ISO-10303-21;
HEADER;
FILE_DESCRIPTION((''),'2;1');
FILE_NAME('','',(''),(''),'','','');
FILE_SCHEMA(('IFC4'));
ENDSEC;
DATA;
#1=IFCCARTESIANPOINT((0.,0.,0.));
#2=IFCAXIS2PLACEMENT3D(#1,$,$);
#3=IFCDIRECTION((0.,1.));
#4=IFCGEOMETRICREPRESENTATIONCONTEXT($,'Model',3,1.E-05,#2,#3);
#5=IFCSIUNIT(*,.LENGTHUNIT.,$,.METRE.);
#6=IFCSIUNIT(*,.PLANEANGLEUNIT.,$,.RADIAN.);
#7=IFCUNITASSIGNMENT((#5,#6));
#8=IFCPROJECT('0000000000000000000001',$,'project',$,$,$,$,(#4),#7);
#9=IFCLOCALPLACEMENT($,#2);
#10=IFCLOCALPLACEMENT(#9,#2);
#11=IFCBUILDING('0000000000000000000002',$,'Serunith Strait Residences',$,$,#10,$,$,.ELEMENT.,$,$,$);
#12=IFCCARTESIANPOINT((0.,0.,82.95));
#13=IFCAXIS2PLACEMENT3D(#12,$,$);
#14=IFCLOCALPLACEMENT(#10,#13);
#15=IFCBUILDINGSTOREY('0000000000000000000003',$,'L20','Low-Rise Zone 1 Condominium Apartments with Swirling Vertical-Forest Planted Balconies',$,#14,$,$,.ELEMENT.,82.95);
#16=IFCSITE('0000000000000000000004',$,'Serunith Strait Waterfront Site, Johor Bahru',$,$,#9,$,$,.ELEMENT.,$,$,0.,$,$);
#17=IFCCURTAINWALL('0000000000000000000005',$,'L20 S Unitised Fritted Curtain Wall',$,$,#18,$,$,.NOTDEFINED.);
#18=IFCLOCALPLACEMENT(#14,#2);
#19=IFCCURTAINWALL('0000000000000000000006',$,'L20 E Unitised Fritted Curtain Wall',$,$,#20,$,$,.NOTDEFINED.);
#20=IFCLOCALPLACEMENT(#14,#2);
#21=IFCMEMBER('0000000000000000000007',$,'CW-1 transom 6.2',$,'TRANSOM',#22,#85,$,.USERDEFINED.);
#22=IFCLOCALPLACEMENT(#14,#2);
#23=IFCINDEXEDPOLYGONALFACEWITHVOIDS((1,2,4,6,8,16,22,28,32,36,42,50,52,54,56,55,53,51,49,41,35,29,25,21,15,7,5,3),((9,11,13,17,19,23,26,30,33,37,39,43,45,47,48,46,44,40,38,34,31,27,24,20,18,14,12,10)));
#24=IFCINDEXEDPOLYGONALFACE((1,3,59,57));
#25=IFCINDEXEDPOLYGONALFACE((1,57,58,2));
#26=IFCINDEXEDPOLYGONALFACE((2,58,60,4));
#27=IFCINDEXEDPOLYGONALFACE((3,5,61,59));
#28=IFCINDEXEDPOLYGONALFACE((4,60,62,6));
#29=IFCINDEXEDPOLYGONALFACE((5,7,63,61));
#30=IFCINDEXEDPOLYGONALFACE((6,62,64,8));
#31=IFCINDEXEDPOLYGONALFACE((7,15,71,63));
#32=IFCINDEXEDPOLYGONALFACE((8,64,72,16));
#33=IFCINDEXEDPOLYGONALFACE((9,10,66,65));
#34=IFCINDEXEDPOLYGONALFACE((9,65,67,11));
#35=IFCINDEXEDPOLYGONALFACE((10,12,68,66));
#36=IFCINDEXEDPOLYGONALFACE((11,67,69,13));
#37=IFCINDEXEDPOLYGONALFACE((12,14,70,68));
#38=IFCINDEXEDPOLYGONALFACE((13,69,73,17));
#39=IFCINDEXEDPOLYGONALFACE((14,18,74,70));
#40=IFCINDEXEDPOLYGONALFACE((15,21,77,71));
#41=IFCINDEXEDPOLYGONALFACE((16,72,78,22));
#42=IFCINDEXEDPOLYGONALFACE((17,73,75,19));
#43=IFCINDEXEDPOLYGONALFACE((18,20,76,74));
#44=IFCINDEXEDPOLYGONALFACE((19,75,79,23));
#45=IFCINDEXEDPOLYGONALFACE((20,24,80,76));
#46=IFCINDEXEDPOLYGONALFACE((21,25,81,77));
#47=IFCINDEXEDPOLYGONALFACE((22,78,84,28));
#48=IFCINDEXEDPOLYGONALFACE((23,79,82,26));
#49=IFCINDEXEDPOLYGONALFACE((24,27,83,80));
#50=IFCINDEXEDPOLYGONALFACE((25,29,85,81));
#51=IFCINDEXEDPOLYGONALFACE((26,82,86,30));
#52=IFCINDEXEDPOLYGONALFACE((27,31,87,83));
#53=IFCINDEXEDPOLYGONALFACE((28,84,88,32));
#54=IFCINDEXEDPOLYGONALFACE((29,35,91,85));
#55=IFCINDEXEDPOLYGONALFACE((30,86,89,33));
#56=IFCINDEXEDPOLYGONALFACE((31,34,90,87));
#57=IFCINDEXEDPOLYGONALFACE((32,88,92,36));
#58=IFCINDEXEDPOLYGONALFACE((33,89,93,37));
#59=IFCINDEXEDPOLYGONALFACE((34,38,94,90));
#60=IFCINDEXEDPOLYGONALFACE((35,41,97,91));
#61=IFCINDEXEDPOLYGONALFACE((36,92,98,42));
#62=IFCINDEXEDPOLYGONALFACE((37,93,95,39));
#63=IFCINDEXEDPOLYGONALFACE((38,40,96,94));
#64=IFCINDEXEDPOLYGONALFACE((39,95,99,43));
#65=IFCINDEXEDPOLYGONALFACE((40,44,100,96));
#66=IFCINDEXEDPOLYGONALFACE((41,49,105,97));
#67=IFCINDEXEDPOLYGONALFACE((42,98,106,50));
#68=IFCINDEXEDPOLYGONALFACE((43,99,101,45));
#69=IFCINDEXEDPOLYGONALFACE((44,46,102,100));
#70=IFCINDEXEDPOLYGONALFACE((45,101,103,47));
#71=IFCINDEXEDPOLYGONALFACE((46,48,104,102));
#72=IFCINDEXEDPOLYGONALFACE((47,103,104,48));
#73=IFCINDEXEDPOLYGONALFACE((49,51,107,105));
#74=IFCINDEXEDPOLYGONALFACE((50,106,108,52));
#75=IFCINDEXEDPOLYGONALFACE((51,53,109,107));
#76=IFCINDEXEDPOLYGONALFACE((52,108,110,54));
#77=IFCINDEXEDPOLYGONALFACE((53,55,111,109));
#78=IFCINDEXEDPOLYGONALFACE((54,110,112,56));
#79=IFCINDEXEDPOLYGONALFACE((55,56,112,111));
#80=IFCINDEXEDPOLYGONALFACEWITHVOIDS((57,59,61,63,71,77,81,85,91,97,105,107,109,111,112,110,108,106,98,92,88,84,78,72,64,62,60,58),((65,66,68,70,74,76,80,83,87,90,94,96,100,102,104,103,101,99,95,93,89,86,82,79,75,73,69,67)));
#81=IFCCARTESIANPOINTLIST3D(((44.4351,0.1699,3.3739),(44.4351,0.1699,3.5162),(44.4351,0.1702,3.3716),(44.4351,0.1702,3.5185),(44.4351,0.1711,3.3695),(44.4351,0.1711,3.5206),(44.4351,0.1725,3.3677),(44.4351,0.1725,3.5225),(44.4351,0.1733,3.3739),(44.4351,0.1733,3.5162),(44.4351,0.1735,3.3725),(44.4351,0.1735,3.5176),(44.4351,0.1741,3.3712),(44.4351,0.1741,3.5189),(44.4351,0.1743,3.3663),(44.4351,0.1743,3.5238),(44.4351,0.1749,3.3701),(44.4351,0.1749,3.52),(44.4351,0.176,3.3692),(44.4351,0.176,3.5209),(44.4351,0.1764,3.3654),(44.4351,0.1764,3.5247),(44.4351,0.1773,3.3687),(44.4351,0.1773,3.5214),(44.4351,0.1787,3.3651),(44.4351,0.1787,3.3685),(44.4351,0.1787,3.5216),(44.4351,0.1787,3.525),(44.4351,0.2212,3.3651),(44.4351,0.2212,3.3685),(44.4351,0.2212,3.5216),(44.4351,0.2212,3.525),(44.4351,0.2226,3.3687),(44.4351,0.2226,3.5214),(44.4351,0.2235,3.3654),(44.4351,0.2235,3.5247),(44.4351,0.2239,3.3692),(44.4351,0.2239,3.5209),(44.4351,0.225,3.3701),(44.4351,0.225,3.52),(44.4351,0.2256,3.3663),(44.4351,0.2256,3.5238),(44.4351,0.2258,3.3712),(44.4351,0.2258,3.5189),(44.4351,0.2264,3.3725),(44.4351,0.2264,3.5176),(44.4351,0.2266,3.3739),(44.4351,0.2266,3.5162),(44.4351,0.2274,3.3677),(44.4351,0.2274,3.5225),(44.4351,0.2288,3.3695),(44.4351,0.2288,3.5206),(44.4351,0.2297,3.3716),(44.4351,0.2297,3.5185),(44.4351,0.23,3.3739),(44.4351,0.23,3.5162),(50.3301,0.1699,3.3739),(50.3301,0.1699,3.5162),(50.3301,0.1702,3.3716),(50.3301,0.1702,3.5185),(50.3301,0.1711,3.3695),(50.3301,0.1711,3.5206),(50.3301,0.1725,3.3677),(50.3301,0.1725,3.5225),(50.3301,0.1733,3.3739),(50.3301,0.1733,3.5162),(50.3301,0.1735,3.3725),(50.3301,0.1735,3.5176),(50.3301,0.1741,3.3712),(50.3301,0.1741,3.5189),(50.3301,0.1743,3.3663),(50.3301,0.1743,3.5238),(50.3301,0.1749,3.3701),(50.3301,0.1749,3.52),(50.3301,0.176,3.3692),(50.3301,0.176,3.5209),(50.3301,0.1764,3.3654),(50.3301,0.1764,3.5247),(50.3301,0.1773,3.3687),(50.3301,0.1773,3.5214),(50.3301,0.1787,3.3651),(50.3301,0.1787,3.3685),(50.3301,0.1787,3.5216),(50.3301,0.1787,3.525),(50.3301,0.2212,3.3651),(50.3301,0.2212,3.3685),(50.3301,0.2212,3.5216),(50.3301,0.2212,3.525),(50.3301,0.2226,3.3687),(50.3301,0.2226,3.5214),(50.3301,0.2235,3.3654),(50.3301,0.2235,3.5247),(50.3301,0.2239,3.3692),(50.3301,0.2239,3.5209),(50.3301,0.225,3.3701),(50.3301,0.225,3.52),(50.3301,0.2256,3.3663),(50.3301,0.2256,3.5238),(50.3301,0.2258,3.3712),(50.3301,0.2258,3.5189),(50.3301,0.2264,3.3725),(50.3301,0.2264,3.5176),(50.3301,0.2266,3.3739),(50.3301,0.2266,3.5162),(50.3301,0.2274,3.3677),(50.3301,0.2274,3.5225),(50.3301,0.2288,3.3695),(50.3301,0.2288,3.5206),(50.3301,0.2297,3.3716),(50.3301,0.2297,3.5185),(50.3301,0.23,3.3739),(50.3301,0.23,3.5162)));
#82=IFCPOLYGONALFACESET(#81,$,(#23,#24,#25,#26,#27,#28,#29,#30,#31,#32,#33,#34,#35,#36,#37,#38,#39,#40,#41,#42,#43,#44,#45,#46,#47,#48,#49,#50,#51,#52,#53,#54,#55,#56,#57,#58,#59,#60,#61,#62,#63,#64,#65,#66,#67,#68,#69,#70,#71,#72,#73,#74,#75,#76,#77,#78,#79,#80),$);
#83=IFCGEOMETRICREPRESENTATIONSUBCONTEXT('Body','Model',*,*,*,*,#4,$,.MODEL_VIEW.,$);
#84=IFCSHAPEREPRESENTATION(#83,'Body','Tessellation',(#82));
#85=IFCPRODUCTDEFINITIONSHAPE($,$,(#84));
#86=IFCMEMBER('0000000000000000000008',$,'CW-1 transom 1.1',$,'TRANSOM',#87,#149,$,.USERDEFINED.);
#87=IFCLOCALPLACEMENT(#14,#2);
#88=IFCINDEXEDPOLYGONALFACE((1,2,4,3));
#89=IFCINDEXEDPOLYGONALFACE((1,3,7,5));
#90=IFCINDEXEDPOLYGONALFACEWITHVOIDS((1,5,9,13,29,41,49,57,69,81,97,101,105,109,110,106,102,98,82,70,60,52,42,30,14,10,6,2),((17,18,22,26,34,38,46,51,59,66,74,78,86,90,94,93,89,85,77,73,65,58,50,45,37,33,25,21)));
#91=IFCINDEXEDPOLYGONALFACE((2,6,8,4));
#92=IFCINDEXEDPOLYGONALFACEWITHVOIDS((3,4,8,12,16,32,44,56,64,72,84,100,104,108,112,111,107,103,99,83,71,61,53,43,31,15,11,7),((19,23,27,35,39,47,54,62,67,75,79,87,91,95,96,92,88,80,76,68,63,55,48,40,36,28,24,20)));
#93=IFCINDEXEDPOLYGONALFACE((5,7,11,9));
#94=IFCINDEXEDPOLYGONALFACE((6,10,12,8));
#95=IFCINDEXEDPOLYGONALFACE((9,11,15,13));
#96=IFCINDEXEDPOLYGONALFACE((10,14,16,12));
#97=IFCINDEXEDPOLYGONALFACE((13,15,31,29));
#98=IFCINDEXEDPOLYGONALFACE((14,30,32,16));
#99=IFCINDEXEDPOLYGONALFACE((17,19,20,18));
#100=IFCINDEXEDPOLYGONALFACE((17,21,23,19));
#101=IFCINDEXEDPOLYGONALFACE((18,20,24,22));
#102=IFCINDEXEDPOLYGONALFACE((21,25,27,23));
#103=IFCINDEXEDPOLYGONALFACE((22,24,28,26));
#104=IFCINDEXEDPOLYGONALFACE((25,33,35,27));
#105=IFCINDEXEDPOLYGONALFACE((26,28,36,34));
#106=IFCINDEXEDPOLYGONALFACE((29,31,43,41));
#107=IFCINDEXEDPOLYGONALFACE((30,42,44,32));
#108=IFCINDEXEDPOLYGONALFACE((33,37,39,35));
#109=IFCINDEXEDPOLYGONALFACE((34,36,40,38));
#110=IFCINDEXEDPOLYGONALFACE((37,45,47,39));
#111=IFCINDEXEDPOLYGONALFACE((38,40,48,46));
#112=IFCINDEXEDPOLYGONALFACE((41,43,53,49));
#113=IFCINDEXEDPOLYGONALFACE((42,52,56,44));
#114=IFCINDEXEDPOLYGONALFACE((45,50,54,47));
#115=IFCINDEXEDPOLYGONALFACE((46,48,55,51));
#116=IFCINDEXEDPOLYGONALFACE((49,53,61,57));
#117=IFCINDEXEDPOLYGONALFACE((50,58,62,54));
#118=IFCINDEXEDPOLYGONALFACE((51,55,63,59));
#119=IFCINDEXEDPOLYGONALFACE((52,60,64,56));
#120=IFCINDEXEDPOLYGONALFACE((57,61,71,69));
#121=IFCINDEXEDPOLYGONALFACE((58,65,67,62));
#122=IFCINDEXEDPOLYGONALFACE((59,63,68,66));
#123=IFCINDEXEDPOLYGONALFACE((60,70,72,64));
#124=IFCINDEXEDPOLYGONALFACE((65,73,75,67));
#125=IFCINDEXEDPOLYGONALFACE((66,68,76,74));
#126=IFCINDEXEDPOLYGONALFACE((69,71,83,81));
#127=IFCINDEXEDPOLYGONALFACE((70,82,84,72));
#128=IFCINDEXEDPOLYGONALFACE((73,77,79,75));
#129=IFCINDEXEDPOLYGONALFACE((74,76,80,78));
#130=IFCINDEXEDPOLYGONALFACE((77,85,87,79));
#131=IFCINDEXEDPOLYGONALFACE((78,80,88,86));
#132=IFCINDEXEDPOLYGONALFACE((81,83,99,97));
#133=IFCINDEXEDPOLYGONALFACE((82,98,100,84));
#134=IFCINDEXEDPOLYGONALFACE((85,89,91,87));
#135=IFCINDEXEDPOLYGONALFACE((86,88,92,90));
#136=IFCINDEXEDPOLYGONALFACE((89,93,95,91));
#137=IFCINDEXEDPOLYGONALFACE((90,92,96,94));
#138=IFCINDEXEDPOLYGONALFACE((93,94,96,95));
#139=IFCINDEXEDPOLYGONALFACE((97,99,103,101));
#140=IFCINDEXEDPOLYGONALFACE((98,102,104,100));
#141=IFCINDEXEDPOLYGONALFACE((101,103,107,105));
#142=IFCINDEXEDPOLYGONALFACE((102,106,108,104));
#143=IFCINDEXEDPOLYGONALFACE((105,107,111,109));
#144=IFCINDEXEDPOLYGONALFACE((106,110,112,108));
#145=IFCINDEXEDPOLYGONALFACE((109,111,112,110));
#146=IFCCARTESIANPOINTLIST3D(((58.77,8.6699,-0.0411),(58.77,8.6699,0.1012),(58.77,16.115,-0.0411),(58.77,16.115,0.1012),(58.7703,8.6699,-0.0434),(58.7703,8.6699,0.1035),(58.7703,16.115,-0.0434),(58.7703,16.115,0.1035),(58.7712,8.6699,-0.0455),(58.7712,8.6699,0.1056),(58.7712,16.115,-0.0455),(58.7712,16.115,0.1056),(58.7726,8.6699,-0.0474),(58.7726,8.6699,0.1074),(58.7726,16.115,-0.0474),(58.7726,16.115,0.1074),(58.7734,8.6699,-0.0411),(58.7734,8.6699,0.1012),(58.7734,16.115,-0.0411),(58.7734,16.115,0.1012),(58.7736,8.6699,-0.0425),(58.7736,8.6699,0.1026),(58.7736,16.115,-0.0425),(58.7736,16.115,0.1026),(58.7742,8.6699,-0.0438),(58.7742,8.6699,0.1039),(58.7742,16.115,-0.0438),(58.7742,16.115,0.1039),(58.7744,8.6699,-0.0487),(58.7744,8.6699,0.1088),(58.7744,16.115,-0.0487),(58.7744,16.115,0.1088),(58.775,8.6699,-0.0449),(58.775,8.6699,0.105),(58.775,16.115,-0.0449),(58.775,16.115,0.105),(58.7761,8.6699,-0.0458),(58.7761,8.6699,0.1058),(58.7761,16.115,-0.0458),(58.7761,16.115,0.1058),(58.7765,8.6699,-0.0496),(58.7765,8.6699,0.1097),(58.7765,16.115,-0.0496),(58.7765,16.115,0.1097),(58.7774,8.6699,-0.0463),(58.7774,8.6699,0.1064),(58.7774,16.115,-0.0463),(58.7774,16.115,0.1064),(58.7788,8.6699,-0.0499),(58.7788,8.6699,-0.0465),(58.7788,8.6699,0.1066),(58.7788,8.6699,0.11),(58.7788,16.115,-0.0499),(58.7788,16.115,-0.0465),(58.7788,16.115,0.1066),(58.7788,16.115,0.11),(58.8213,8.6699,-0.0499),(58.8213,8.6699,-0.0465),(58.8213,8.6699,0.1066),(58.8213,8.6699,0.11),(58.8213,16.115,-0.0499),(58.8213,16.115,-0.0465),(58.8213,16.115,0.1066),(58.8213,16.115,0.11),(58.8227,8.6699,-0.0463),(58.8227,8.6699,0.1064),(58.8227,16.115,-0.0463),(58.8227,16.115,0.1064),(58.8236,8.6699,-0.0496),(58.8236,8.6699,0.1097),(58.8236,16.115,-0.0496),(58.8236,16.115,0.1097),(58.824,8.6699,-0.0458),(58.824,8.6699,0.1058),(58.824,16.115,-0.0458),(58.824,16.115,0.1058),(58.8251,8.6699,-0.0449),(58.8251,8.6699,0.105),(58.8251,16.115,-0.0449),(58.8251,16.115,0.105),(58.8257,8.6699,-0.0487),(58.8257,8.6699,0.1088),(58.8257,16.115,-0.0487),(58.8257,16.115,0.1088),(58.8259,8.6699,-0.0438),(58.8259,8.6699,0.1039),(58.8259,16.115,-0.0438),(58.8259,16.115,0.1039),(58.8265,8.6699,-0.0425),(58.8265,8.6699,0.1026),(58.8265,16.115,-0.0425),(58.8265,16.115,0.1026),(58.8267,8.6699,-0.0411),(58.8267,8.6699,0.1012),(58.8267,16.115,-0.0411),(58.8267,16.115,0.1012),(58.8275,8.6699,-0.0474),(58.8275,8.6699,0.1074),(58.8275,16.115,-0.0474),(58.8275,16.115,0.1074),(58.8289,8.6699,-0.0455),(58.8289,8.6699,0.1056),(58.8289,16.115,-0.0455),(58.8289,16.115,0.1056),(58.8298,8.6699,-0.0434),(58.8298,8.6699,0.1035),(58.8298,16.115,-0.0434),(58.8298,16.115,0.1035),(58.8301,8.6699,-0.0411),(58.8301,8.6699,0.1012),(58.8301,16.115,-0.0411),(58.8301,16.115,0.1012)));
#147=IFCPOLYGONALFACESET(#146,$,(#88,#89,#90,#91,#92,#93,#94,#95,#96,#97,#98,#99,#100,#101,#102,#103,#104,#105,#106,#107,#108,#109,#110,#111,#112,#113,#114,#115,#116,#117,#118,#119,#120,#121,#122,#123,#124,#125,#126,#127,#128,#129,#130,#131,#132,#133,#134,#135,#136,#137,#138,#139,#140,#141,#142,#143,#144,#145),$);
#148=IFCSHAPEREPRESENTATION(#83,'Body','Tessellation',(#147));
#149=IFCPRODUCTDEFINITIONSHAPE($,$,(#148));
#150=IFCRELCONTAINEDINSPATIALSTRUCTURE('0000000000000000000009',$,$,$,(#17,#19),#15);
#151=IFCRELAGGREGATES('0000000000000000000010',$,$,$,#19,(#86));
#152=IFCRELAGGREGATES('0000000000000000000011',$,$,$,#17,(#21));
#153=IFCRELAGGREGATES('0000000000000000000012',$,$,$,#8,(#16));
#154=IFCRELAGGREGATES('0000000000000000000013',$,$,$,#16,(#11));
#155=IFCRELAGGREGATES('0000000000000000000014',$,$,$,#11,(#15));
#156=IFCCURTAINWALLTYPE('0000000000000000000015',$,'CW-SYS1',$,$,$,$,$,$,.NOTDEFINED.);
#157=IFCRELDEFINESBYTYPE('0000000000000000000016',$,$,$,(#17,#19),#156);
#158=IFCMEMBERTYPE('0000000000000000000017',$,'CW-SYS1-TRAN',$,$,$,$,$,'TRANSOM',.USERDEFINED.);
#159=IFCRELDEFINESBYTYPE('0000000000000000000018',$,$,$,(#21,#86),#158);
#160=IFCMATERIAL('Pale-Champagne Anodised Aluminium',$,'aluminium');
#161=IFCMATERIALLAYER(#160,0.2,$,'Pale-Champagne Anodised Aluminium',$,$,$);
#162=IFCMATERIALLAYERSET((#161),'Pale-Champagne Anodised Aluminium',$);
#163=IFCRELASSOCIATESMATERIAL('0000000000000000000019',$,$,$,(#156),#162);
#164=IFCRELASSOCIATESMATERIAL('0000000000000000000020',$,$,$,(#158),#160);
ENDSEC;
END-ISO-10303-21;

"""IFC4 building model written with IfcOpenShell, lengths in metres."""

from ifc_helpers import new_model, si_unit, direction, frame, origin, origin_2d, place, context, subcontext, project, spatial, hollow_rectangle, extrude, source, transform, mapped, material, layer, layer_set, material_profile, profile_set, type_object, element, aggregate, save


model = new_model("IFC4")

# Units and contexts
model_context = context("Model", 3, precision=1e-05, world=origin(), true_north=direction((0.0, 1.0)))
body_context = subcontext(model_context, "Body", "Model", "MODEL_VIEW")
ifc_project = project(units=[si_unit("LENGTHUNIT", "METRE"), si_unit("PLANEANGLEUNIT", "RADIAN")], contexts=[model_context])

# Site, building, storey
site_placement = place(None, origin())
site = spatial("IfcSite", under=ifc_project, at=site_placement, Name="Serunith Strait Waterfront Site, Johor Bahru", CompositionType="ELEMENT", RefElevation=0.0)
building_placement = place(site_placement, origin())
building = spatial("IfcBuilding", under=site, at=building_placement, Name="Serunith Strait Residences", CompositionType="ELEMENT")
storey_placement = place(building_placement, frame((0.0, 0.0, 82.95)))
storey = spatial("IfcBuildingStorey", under=building, at=storey_placement, Name="L20", Description="Low-Rise Zone 1 Condominium Apartments with Swirling Vertical-Forest Planted Balconies", CompositionType="ELEMENT", Elevation=82.95)

# Curtain walls
ifc_material_1 = material(Name="Pale-Champagne Anodised Aluminium", Category="aluminium")
ifc_layer_1 = layer(ifc_material_1, 0.2, Name="Pale-Champagne Anodised Aluminium")
ifc_layer_set_1 = layer_set([ifc_layer_1], Name="Pale-Champagne Anodised Aluminium")
curtain_wall_type = type_object("IfcCurtainWallType", Name="CW-SYS1", PredefinedType="NOTDEFINED", material=ifc_layer_set_1)
curtain_wall_1_placement = place(storey_placement, origin())
curtain_wall_1 = element("IfcCurtainWall", 1, at=curtain_wall_1_placement, inside=storey, type_object=curtain_wall_type, Name="L20 S Unitised Fritted Curtain Wall", PredefinedType="NOTDEFINED")
curtain_wall_2_placement = place(storey_placement, origin())
curtain_wall_2 = element("IfcCurtainWall", 2, at=curtain_wall_2_placement, inside=storey, type_object=curtain_wall_type, Name="L20 E Unitised Fritted Curtain Wall", PredefinedType="NOTDEFINED")

# Members
ifc_material_profile_1 = material_profile(ifc_material_1, hollow_rectangle(XDim=0.0601, YDim=0.1599, WallThickness=0.0034, InnerFilletRadius=0.0054, OuterFilletRadius=0.0088, at=origin_2d()), Name="ALU 160x60x3.5")
ifc_profile_set_1 = profile_set([ifc_material_profile_1], Name="Pale-Champagne Anodised Aluminium")
member_type_1 = type_object("IfcMemberType", Name="CW-SYS1-TRAN", ElementType="TRANSOM", PredefinedType="USERDEFINED", material=ifc_profile_set_1)
shared_shape_1 = source(origin(), body_context, "Body", "SweptSolid", [
    extrude(hollow_rectangle(XDim=0.0601, YDim=0.1599, WallThickness=0.0034, InnerFilletRadius=0.0054, OuterFilletRadius=0.0088, at=origin_2d()), origin(), (0.0, 0.0, 1.0), 5.895),
])
member_1_placement = place(storey_placement, frame((44.4351, 0.2, 3.4451), z_axis=(1.0, 0.0, 0.0), x_axis=(0.0, 1.0, 0.0)))
member_1 = element("IfcMember", 3, at=member_1_placement, type_object=member_type_1, Name="CW-1 transom 6.2", ObjectType="TRANSOM", PredefinedType="USERDEFINED", context=body_context, shape_type="MappedRepresentation", body=[
    mapped(shared_shape_1, transform((0.0, 0.0, 0.0), scale=1.0)),
])
shared_shape_2 = source(origin(), body_context, "Body", "SweptSolid", [
    extrude(hollow_rectangle(XDim=0.0601, YDim=0.1599, WallThickness=0.0034, InnerFilletRadius=0.0054, OuterFilletRadius=0.0088, at=origin_2d()), origin(), (0.0, 0.0, 1.0), 7.4451),
])
member_2_placement = place(storey_placement, frame((58.8, 8.6699, 0.03), z_axis=(0.0, 1.0, 0.0), x_axis=(-1.0, 0.0, 0.0)))
member_2 = element("IfcMember", 4, at=member_2_placement, type_object=member_type_1, Name="CW-1 transom 1.1", ObjectType="TRANSOM", PredefinedType="USERDEFINED", context=body_context, shape_type="MappedRepresentation", body=[
    mapped(shared_shape_2, transform((0.0, 0.0, 0.0), scale=1.0)),
])
aggregate(curtain_wall_2, [member_2])

aggregate(curtain_wall_1, [member_1])

save(model, "model.ifc")
